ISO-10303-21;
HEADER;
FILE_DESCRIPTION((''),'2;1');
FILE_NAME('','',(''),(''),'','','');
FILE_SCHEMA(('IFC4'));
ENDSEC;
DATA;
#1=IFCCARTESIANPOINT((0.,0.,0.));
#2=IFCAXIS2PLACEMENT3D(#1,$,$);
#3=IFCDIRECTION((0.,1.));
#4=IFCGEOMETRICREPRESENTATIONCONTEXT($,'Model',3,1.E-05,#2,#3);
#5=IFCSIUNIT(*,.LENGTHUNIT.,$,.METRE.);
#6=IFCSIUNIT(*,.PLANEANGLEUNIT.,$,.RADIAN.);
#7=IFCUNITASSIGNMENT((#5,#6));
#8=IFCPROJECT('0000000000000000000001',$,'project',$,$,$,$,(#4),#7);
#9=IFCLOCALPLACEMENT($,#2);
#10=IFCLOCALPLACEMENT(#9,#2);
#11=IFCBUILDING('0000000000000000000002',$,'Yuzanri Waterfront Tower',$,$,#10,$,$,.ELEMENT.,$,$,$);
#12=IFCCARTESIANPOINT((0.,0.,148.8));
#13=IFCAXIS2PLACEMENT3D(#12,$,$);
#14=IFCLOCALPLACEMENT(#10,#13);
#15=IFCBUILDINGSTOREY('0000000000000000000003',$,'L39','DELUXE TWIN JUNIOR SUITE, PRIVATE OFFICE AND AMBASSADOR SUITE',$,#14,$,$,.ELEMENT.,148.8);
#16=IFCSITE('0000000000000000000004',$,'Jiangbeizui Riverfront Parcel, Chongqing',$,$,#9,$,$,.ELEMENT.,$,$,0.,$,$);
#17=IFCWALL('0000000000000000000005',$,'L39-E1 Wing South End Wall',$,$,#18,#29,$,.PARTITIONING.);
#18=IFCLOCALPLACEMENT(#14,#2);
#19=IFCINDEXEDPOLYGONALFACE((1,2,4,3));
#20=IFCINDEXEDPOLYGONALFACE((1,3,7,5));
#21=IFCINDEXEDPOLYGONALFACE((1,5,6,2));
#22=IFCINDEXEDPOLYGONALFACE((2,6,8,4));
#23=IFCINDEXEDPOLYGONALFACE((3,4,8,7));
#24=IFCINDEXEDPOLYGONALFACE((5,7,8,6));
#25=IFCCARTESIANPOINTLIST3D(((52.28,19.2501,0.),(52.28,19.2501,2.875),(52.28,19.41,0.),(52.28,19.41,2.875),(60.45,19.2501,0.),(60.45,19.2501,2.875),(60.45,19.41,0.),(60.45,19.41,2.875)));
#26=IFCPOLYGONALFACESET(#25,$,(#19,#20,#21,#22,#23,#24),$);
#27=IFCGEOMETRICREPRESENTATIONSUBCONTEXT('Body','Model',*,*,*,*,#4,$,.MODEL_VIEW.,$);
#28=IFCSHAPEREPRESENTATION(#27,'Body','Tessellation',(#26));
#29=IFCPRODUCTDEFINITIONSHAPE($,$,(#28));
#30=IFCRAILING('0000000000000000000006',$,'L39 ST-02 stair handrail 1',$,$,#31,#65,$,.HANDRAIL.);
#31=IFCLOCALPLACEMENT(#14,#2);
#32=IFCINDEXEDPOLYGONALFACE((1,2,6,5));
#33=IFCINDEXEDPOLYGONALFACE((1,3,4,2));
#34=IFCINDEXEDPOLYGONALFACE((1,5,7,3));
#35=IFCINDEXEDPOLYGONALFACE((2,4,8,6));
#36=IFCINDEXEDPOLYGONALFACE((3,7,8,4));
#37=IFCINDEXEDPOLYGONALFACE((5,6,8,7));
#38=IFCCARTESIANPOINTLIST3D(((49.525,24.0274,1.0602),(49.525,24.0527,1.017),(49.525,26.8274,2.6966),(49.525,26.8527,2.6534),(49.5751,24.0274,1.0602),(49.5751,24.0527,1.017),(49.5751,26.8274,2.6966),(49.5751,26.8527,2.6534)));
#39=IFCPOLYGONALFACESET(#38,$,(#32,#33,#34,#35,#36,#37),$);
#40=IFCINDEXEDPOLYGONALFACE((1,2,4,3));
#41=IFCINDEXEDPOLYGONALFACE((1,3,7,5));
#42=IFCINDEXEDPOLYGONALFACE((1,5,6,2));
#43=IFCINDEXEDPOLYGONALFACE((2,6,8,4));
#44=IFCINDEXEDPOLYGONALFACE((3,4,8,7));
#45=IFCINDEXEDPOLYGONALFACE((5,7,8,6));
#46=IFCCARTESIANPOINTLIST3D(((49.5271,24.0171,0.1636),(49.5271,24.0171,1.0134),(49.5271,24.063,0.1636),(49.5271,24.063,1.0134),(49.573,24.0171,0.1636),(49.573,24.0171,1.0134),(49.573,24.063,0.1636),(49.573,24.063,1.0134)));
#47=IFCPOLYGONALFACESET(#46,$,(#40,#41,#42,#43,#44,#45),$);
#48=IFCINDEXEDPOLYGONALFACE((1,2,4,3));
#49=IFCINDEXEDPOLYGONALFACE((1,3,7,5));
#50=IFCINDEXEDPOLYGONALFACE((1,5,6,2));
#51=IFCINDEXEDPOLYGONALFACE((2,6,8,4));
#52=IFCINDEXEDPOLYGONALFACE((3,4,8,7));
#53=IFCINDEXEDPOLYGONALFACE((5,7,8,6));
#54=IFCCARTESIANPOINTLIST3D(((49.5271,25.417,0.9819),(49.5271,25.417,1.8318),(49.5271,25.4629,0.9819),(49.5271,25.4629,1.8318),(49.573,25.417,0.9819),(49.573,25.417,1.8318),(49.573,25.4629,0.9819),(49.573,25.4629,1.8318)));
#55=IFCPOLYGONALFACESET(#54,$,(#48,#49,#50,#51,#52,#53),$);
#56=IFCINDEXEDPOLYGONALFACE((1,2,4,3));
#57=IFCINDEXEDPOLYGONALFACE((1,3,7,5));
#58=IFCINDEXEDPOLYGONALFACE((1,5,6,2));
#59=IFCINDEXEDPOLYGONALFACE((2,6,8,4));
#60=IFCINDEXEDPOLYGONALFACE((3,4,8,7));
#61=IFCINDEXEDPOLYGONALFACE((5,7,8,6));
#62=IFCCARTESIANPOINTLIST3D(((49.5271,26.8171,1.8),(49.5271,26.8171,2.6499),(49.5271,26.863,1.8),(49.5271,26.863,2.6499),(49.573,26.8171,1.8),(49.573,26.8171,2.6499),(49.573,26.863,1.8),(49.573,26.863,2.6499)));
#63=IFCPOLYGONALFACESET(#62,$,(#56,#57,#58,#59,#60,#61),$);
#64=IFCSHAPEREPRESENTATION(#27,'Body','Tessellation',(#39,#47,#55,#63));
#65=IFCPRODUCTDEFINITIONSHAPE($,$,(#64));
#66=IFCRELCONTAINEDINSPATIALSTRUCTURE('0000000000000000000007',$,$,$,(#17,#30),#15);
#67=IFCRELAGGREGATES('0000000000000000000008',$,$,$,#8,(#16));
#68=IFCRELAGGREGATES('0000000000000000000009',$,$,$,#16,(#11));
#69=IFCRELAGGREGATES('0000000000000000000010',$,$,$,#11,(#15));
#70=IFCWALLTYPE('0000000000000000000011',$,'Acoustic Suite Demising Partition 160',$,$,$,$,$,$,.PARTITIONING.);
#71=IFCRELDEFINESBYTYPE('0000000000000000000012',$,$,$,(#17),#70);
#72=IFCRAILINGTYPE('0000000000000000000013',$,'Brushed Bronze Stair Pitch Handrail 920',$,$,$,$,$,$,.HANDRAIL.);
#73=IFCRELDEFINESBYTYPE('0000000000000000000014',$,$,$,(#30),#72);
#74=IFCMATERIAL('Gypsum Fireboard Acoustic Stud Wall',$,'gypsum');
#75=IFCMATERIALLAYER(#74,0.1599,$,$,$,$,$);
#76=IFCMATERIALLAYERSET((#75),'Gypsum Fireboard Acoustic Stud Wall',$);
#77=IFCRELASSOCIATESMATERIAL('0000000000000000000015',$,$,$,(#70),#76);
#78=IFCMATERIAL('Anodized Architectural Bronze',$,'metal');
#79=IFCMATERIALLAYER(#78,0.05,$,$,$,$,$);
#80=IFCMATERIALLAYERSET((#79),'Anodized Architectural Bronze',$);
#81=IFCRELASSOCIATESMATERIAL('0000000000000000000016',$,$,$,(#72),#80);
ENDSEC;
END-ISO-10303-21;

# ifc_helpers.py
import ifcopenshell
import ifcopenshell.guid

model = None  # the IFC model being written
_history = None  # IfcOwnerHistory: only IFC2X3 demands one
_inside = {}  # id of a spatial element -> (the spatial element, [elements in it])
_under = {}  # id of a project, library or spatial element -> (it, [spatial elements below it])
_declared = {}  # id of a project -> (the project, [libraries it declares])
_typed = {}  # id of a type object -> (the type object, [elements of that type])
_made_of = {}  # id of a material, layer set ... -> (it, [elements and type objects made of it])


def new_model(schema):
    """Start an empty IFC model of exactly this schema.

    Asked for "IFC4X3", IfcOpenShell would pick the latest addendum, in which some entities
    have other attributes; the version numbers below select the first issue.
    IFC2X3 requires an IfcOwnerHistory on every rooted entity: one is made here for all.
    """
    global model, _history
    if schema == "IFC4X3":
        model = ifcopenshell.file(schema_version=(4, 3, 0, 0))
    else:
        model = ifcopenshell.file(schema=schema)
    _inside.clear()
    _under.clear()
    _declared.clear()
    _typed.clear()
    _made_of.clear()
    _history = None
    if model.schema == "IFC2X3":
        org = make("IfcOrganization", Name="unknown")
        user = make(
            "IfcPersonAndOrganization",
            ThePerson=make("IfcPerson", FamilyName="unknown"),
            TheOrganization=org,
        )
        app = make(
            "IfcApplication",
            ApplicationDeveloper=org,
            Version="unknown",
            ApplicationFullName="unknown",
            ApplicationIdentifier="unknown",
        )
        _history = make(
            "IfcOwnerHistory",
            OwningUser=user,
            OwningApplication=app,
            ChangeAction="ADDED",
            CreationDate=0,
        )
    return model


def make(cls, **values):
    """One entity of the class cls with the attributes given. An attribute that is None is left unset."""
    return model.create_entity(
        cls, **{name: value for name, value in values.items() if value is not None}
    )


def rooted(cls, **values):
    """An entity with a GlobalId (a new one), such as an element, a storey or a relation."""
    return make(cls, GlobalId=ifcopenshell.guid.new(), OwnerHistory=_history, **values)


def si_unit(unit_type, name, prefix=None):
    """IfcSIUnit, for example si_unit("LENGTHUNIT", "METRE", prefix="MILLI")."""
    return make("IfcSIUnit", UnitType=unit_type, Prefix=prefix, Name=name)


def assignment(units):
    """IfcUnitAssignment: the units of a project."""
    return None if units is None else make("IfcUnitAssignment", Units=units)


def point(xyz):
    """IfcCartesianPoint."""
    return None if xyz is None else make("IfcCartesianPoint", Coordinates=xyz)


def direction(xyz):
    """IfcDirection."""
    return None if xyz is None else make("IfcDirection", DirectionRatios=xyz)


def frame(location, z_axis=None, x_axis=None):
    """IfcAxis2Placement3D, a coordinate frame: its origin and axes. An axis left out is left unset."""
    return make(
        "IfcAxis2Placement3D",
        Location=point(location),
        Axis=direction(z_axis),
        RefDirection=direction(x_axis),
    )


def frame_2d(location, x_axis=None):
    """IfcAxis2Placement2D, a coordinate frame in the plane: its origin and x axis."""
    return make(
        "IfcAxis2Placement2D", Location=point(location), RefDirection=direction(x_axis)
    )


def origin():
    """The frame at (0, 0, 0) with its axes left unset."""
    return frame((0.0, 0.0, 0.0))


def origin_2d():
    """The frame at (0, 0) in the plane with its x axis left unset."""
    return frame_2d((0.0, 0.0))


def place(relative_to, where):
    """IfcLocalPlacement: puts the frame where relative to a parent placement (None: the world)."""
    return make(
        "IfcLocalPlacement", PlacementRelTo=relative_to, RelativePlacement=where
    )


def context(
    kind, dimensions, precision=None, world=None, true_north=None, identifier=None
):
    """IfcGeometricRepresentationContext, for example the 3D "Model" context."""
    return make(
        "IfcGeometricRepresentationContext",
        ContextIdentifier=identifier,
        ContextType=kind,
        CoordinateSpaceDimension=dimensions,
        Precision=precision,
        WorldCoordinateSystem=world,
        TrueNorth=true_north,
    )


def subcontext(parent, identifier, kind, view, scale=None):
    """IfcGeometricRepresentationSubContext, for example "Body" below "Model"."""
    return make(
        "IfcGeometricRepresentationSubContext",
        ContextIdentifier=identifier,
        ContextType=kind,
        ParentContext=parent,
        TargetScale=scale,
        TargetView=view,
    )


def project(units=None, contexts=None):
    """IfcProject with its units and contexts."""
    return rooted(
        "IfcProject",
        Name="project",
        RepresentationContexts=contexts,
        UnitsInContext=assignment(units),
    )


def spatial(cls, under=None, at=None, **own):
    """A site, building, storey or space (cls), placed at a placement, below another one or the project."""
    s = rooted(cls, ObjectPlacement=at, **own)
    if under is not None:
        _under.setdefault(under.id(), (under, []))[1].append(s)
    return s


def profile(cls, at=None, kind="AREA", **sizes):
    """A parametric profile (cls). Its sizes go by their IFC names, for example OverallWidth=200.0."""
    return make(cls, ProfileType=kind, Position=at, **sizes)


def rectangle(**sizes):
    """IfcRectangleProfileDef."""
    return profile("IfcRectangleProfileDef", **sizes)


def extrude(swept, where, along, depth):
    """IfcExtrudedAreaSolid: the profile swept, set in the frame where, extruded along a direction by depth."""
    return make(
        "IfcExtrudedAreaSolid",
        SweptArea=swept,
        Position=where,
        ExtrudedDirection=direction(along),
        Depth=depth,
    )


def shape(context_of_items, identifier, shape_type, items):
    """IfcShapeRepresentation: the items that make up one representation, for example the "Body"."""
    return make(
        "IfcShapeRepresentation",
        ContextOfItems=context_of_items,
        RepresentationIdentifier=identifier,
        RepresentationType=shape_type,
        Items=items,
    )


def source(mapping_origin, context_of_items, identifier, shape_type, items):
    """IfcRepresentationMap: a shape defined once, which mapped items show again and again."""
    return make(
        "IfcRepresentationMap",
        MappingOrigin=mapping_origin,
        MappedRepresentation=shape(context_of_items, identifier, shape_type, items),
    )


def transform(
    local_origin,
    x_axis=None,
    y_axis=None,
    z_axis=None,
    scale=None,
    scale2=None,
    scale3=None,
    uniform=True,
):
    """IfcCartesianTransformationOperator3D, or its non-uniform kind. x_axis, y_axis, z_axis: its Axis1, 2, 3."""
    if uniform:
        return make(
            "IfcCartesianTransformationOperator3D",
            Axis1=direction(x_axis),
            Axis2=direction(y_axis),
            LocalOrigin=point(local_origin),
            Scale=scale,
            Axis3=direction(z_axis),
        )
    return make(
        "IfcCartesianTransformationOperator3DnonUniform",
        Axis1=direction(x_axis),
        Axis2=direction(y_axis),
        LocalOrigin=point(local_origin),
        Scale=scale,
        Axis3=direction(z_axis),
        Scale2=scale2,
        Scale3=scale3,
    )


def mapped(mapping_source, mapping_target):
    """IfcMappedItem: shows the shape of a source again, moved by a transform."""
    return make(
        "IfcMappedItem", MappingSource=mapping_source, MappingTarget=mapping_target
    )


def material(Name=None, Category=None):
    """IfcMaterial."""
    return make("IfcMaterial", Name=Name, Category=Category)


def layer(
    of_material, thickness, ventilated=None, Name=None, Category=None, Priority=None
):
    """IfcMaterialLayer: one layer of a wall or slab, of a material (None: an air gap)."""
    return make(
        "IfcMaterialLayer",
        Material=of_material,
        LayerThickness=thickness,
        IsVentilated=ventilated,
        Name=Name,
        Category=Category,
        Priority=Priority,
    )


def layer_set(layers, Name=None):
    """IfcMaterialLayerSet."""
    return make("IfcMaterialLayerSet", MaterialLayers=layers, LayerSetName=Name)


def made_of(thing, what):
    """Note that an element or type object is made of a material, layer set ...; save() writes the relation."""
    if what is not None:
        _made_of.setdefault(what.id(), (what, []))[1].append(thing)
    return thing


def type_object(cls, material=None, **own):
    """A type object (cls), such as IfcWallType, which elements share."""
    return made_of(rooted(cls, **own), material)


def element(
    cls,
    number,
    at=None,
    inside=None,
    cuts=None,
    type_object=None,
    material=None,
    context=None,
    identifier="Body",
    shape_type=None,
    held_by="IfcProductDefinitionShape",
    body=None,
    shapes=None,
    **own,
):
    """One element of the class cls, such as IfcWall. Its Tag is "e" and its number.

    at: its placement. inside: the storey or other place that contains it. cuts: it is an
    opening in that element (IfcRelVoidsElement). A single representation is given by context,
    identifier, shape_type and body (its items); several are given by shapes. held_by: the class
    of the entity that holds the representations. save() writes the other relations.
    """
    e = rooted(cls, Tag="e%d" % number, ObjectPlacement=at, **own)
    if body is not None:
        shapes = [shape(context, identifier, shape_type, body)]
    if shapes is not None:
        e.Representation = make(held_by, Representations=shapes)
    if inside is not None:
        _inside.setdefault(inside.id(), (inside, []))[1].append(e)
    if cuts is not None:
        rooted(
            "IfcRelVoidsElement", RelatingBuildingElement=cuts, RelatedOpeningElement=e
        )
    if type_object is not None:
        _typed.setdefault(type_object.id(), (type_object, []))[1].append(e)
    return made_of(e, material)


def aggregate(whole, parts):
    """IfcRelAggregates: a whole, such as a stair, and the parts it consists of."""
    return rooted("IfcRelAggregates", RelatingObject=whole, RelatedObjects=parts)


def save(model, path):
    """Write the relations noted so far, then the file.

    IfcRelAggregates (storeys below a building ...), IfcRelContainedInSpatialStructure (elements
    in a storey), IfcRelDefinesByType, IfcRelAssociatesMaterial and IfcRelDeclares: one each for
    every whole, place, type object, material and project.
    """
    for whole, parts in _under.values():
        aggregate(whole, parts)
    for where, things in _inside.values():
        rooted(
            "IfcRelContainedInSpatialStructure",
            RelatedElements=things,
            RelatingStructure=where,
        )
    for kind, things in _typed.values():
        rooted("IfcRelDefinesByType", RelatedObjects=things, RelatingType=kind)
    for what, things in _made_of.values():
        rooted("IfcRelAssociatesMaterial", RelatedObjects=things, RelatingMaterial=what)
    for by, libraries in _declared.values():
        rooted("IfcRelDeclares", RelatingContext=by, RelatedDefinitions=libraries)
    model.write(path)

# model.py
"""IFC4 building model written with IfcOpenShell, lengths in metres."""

from ifc_helpers import new_model, si_unit, direction, frame, frame_2d, origin, origin_2d, place, context, subcontext, project, spatial, rectangle, extrude, source, transform, mapped, material, layer, layer_set, type_object, element, save


model = new_model("IFC4")

# Units and contexts
model_context = context("Model", 3, precision=1e-05, world=origin(), true_north=direction((0.0, 1.0)))
body_context = subcontext(model_context, "Body", "Model", "MODEL_VIEW")
ifc_project = project(units=[si_unit("LENGTHUNIT", "METRE"), si_unit("PLANEANGLEUNIT", "RADIAN")], contexts=[model_context])

# Site, building, storey
site_placement = place(None, origin())
site = spatial("IfcSite", under=ifc_project, at=site_placement, Name="Jiangbeizui Riverfront Parcel, Chongqing", CompositionType="ELEMENT", RefElevation=0.0)
building_placement = place(site_placement, origin())
building = spatial("IfcBuilding", under=site, at=building_placement, Name="Yuzanri Waterfront Tower", CompositionType="ELEMENT")
storey_placement = place(building_placement, frame((0.0, 0.0, 148.8)))
storey = spatial("IfcBuildingStorey", under=building, at=storey_placement, Name="L39", Description="DELUXE TWIN JUNIOR SUITE, PRIVATE OFFICE AND AMBASSADOR SUITE", CompositionType="ELEMENT", Elevation=148.8)

# Wall
ifc_material_1 = material(Name="Gypsum Fireboard Acoustic Stud Wall", Category="gypsum")
ifc_layer_1 = layer(ifc_material_1, 0.1599)
ifc_layer_set_1 = layer_set([ifc_layer_1], Name="Gypsum Fireboard Acoustic Stud Wall")
wall_type_1 = type_object("IfcWallType", Name="Acoustic Suite Demising Partition 160", PredefinedType="PARTITIONING", material=ifc_layer_set_1)
shared_shape_1 = source(origin(), body_context, "Body", "SweptSolid", [
    extrude(rectangle(XDim=8.1699, YDim=0.1599, at=frame_2d((4.085, 0.0))), origin(), (0.0, 0.0, 1.0), 2.875),
])
wall_1_placement = place(storey_placement, frame((52.28, 19.3301, 0.0), z_axis=(0.0, 0.0, 1.0), x_axis=(1.0, 0.0, 0.0)))
element("IfcWall", 1, at=wall_1_placement, inside=storey, type_object=wall_type_1, Name="L39-E1 Wing South End Wall", PredefinedType="PARTITIONING", context=body_context, shape_type="MappedRepresentation", body=[
    mapped(shared_shape_1, transform((0.0, 0.0, 0.0), scale=1.0)),
])

# Railing
ifc_material_2 = material(Name="Anodized Architectural Bronze", Category="metal")
ifc_layer_2 = layer(ifc_material_2, 0.05)
ifc_layer_set_2 = layer_set([ifc_layer_2], Name="Anodized Architectural Bronze")
railing_type = type_object("IfcRailingType", Name="Brushed Bronze Stair Pitch Handrail 920", PredefinedType="HANDRAIL", material=ifc_layer_set_2)
shared_shape_2 = source(origin(), body_context, "Body", "SweptSolid", [
    extrude(rectangle(XDim=0.05, YDim=0.05, at=origin_2d()), frame((0.0, 0.0, 0.875), z_axis=(0.0, 0.863361, 0.504587), x_axis=(-1.0, 0.0, 0.0)), (0.0, 0.0, 1.0), 3.2432),
    extrude(rectangle(XDim=0.0459, YDim=0.0459, at=origin_2d()), origin(), (0.0, 0.0, 1.0), 0.8499),
    extrude(rectangle(XDim=0.0459, YDim=0.0459, at=origin_2d()), frame((0.0, 1.3999, 0.8184)), (0.0, 0.0, 1.0), 0.8499),
    extrude(rectangle(XDim=0.0459, YDim=0.0459, at=origin_2d()), frame((0.0, 2.8, 1.6365)), (0.0, 0.0, 1.0), 0.8499),
])
railing_placement = place(storey_placement, frame((49.55, 24.04, 0.1636)))
element("IfcRailing", 2, at=railing_placement, inside=storey, type_object=railing_type, Name="L39 ST-02 stair handrail 1", PredefinedType="HANDRAIL", context=body_context, shape_type="MappedRepresentation", body=[
    mapped(shared_shape_2, transform((0.0, 0.0, 0.0), scale=1.0)),
])

save(model, "model.ifc")
